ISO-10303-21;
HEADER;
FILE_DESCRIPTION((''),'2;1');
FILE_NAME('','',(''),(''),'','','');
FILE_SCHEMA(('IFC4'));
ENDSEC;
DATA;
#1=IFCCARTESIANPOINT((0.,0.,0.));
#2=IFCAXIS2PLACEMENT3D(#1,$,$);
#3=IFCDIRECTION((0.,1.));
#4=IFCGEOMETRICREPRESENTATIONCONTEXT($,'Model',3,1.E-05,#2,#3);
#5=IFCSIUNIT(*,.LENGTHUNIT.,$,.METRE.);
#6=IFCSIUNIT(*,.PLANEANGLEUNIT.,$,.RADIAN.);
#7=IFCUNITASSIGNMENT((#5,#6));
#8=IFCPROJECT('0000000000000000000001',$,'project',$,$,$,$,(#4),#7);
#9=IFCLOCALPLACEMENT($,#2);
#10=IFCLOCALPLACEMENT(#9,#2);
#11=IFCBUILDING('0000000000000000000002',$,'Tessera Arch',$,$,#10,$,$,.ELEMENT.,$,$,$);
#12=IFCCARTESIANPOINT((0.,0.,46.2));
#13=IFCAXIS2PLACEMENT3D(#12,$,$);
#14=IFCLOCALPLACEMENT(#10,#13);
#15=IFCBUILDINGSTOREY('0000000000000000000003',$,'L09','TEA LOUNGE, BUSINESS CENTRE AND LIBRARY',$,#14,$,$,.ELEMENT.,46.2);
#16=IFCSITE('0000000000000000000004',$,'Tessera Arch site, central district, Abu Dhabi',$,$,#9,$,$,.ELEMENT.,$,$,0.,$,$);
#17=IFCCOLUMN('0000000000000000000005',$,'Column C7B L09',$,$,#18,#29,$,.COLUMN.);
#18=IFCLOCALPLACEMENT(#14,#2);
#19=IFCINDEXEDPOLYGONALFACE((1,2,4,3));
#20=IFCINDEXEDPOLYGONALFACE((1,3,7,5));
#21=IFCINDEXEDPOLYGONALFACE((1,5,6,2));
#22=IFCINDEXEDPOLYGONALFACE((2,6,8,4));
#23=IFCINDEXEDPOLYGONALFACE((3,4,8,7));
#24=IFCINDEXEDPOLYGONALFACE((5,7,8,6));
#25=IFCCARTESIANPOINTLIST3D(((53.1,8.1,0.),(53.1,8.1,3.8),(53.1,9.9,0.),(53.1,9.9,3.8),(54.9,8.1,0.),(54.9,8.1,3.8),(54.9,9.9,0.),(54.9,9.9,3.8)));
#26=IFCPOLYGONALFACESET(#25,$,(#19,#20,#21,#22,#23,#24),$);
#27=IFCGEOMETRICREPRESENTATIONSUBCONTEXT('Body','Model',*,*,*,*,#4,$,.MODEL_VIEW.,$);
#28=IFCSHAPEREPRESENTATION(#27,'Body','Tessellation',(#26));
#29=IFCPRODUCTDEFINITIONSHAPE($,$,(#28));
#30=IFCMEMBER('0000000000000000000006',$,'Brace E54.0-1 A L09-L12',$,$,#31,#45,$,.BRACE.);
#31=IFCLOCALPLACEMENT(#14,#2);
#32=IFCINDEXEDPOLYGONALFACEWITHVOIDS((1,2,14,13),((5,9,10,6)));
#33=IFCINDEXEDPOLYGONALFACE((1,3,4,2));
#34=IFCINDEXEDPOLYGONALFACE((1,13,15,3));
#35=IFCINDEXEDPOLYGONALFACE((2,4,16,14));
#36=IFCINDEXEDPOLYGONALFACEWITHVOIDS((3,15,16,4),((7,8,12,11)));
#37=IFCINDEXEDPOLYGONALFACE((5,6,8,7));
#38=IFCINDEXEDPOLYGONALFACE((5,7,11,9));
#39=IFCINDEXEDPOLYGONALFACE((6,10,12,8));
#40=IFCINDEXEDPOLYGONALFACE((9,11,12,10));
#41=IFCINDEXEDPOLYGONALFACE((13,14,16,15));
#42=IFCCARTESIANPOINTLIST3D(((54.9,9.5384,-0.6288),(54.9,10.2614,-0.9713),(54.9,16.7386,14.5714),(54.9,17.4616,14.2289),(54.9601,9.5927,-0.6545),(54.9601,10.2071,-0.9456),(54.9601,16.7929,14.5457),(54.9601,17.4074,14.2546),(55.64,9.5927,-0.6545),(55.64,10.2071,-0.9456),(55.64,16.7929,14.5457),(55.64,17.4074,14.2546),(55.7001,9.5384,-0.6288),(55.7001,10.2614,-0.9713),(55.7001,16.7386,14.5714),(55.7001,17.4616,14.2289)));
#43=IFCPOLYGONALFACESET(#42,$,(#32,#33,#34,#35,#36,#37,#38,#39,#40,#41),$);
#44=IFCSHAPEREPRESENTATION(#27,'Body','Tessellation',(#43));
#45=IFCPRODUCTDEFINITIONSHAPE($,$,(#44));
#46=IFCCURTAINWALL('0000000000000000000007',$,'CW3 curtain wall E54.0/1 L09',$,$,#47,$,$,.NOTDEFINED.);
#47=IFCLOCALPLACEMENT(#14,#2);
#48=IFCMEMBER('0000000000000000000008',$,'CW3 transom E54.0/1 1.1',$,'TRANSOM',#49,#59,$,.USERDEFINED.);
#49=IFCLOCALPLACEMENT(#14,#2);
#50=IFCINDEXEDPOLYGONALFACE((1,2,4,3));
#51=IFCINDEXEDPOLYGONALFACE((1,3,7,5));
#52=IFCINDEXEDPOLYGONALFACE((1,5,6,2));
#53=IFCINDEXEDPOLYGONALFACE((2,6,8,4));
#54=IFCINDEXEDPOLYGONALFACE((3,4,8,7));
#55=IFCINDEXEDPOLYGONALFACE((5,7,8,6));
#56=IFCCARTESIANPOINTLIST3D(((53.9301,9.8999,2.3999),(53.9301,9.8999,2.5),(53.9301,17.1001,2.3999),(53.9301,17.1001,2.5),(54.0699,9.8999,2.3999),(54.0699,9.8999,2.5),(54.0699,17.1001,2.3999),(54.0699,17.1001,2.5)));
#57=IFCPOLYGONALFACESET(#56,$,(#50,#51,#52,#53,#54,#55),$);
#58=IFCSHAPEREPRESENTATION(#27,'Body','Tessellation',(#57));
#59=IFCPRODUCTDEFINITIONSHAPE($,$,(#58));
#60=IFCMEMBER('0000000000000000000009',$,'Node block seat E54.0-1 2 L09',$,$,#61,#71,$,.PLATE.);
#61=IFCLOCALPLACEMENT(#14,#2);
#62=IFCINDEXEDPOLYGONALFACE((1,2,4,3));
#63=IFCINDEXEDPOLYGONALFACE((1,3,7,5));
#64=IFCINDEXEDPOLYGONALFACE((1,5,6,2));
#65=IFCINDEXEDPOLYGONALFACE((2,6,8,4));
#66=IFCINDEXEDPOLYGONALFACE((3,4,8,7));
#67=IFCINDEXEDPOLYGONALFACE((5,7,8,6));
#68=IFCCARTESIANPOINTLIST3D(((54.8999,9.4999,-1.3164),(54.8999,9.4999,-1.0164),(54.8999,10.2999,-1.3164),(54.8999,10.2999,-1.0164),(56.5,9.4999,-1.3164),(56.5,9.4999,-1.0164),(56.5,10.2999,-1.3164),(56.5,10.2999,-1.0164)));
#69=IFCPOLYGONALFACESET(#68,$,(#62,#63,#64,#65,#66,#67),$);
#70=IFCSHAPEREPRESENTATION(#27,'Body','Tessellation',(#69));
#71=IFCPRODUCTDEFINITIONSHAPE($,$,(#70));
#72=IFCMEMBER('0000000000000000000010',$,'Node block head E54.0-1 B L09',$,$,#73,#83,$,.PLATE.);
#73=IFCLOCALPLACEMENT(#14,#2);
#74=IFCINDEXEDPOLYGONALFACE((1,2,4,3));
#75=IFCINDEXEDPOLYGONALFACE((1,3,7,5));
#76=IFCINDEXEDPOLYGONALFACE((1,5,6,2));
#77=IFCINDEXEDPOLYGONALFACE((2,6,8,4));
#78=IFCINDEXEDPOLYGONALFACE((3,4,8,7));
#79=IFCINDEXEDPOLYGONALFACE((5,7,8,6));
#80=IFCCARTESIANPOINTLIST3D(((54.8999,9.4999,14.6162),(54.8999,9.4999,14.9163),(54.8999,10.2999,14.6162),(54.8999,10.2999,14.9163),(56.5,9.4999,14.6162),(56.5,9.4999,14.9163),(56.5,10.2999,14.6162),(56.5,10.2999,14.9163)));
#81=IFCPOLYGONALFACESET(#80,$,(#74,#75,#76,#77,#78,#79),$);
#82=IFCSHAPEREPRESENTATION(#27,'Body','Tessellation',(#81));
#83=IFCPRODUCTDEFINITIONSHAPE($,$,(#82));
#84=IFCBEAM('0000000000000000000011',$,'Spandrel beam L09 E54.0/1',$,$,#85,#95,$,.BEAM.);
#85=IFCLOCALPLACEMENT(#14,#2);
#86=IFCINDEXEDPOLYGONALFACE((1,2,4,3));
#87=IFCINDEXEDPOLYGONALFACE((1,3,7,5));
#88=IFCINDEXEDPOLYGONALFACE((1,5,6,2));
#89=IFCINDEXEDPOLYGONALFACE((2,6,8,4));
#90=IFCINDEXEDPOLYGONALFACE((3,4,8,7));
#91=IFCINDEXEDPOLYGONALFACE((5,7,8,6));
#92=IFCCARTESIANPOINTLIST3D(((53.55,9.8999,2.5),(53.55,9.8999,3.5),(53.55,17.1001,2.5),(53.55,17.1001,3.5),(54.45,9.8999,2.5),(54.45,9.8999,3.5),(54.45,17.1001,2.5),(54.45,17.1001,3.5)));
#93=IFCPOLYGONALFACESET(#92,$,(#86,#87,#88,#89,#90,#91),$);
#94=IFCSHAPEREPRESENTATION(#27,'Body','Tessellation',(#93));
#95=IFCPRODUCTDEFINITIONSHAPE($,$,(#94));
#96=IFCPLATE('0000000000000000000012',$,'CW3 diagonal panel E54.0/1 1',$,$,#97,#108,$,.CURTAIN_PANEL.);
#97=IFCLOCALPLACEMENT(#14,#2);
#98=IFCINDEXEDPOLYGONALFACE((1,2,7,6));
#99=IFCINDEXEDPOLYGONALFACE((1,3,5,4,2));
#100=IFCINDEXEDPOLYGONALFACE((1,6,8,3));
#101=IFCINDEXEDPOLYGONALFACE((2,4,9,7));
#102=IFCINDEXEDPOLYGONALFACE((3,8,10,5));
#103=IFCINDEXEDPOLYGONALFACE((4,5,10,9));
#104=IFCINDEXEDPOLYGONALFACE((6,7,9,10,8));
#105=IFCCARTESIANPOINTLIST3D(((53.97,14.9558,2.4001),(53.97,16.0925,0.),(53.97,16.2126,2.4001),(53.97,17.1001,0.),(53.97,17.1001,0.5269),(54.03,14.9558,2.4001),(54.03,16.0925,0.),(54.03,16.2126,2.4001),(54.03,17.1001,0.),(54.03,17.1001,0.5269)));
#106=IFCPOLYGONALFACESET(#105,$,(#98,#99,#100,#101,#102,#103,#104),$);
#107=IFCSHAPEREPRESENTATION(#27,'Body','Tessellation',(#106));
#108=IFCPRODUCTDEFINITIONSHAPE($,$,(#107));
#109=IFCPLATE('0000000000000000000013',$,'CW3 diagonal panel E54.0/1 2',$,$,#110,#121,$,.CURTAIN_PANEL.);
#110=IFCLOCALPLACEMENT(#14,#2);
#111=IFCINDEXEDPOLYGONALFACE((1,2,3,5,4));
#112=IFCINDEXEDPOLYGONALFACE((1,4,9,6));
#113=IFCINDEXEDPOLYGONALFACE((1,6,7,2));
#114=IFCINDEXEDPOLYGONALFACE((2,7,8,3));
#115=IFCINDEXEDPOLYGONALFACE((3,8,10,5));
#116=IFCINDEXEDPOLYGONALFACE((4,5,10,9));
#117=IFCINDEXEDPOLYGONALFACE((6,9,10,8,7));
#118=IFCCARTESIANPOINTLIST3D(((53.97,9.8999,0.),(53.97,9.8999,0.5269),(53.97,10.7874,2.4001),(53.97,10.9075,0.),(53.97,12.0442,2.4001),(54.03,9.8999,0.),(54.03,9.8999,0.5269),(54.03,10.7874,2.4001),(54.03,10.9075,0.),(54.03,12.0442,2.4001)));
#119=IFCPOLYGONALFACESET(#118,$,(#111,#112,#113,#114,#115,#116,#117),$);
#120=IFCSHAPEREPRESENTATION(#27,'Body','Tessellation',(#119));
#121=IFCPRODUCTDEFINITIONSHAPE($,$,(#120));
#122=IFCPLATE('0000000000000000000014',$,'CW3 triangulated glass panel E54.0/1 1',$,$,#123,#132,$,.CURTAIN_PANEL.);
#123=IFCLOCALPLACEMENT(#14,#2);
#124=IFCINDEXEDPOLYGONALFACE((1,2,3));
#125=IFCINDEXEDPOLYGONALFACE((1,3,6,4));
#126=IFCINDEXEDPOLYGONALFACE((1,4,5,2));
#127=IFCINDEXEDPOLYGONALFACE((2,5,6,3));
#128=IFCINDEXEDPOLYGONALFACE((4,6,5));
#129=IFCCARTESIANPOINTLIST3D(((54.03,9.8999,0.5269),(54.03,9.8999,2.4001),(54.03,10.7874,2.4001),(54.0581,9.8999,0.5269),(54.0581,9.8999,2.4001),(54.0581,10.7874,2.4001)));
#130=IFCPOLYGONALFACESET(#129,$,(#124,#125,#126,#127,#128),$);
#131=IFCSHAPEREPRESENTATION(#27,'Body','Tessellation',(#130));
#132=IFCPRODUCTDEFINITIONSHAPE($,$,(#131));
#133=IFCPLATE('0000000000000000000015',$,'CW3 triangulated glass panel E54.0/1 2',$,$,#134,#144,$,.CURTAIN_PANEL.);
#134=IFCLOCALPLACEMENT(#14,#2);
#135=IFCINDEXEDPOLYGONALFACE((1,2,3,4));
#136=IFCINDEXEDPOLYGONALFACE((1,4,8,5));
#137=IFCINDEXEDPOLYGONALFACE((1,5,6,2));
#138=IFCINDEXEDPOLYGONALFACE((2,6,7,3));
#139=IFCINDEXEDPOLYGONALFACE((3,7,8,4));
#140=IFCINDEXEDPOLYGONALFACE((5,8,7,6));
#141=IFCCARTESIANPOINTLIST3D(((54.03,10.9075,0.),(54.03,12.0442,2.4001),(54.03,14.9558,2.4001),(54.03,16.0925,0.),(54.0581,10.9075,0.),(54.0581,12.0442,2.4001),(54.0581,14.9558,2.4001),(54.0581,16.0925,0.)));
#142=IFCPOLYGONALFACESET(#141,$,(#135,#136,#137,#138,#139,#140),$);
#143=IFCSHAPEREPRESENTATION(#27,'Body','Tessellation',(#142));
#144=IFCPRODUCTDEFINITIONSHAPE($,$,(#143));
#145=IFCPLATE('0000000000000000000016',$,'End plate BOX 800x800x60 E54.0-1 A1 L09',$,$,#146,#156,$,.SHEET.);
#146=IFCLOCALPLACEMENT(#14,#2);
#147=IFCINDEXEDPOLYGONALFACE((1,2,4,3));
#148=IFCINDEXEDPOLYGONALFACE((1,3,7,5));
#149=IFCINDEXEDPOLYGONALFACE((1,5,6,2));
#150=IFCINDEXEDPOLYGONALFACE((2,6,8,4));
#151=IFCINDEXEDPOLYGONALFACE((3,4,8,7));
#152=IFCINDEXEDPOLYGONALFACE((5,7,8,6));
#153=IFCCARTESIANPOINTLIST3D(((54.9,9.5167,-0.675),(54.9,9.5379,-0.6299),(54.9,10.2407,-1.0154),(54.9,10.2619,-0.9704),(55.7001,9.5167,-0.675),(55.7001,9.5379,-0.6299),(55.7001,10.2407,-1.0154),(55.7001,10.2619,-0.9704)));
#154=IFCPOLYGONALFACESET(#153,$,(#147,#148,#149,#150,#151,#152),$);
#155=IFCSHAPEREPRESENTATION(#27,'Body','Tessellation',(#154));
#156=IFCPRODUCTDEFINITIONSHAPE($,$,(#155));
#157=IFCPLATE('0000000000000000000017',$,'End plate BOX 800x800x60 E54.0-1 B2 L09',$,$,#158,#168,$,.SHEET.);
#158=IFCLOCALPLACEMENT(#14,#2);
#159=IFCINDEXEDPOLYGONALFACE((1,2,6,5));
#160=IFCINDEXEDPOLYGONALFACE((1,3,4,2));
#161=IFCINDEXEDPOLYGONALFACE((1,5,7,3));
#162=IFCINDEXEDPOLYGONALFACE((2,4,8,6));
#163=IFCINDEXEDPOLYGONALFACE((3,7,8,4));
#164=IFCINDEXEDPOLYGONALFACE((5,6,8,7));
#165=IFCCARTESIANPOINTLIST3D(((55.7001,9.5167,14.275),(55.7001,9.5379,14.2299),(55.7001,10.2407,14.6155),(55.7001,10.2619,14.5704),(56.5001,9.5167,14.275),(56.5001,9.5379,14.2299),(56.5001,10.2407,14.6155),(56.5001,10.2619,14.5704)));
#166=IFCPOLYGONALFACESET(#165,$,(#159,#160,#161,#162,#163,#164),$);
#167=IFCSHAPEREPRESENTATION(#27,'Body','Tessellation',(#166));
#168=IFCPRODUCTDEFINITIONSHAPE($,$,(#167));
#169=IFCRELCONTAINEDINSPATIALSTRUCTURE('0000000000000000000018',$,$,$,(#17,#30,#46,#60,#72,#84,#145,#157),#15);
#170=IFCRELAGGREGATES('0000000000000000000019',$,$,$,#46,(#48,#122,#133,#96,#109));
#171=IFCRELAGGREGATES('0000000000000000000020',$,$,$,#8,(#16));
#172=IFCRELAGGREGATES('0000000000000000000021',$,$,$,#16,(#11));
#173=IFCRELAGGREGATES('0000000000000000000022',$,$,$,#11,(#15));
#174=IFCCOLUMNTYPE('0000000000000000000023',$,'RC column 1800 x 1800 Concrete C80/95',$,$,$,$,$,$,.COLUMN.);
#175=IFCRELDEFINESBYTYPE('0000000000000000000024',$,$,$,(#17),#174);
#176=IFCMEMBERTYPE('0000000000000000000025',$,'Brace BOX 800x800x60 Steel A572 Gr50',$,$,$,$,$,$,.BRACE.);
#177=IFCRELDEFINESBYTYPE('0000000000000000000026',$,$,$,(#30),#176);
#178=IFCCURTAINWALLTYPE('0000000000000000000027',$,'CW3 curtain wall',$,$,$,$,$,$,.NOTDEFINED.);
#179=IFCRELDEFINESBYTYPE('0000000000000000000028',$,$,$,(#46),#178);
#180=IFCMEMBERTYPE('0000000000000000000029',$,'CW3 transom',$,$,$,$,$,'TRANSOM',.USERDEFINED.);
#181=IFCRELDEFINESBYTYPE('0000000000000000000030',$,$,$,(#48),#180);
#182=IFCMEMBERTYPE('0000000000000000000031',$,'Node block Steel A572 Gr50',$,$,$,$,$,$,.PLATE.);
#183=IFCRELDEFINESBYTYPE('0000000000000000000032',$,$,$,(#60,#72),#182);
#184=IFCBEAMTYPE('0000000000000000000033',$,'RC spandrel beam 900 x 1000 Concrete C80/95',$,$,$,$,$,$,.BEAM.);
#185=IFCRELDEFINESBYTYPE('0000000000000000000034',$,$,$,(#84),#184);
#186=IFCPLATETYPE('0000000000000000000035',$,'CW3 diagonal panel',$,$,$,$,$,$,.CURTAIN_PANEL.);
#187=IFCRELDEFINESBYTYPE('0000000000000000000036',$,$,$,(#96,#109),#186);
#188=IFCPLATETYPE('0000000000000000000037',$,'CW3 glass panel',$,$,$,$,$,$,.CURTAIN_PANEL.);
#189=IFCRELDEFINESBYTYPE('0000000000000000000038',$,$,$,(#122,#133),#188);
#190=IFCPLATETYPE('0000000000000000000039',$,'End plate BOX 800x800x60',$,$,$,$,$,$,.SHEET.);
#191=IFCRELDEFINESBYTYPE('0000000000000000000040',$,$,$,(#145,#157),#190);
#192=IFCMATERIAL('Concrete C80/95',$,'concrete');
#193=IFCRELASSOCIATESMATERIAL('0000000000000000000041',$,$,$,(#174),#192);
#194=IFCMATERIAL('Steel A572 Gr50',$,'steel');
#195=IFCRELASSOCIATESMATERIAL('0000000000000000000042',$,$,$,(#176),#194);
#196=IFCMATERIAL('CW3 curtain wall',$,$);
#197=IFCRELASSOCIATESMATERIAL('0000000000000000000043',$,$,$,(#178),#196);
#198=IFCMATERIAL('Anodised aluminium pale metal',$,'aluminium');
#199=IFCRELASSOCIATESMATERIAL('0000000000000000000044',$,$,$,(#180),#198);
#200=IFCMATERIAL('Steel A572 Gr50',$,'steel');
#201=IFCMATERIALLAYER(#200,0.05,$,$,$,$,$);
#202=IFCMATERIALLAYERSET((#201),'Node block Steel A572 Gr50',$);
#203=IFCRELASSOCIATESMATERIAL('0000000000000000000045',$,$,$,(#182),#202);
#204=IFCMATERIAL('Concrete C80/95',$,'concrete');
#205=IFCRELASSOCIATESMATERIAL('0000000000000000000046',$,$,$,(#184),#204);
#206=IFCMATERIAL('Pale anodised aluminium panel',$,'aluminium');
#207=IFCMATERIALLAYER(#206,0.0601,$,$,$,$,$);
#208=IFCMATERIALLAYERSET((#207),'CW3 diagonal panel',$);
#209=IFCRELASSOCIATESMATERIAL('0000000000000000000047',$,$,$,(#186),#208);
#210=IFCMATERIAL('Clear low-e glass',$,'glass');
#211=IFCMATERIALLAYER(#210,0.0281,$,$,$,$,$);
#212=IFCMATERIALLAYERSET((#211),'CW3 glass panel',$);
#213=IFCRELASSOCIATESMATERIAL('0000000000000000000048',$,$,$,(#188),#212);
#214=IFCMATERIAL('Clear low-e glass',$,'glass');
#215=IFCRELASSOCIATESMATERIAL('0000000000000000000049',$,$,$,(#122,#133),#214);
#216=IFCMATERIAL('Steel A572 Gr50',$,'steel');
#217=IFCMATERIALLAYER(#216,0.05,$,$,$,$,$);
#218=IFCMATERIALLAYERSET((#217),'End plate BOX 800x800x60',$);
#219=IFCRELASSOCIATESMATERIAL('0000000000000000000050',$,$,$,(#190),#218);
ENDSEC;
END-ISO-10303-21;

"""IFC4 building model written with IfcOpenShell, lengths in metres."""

from ifc_helpers import new_model, si_unit, direction, frame, origin, origin_2d, place, context, subcontext, project, spatial, polyline, rectangle, hollow_rectangle, outline, extrude, material, layer, layer_set, material_profile, profile_set, type_object, element, aggregate, save


model = new_model("IFC4")

# Units and contexts
model_context = context("Model", 3, precision=1e-05, world=origin(), true_north=direction((0.0, 1.0)))
body_context = subcontext(model_context, "Body", "Model", "MODEL_VIEW")
ifc_project = project(units=[si_unit("LENGTHUNIT", "METRE"), si_unit("PLANEANGLEUNIT", "RADIAN")], contexts=[model_context])

# Site, building, storey
site_placement = place(None, origin())
site = spatial("IfcSite", under=ifc_project, at=site_placement, Name="Tessera Arch site, central district, Abu Dhabi", CompositionType="ELEMENT", RefElevation=0.0)
building_placement = place(site_placement, origin())
building = spatial("IfcBuilding", under=site, at=building_placement, Name="Tessera Arch", CompositionType="ELEMENT")
storey_placement = place(building_placement, frame((0.0, 0.0, 46.2)))
storey = spatial("IfcBuildingStorey", under=building, at=storey_placement, Name="L09", Description="TEA LOUNGE, BUSINESS CENTRE AND LIBRARY", CompositionType="ELEMENT", Elevation=46.2)

# Column
ifc_material_1 = material(Name="Concrete C80/95", Category="concrete")
ifc_material_profile_1 = material_profile(ifc_material_1, rectangle(XDim=1.8, YDim=1.8, at=origin_2d()), Name="RC column 1800 x 1800 Concrete C80/95")
ifc_profile_set_1 = profile_set([ifc_material_profile_1], Name="Concrete C80/95")
column_type = type_object("IfcColumnType", Name="RC column 1800 x 1800 Concrete C80/95", PredefinedType="COLUMN", material=ifc_profile_set_1)
column_placement = place(storey_placement, frame((54.0, 9.0, 0.0), z_axis=(0.0, 0.0, 1.0), x_axis=(1.0, 0.0, 0.0)))
element("IfcColumn", 1, at=column_placement, inside=storey, type_object=column_type, Name="Column C7B L09", PredefinedType="COLUMN", context=body_context, shape_type="SweptSolid", body=[
    extrude(rectangle(XDim=1.8, YDim=1.8, at=origin_2d()), origin(), (0.0, 0.0, 1.0), 3.8),
])

# Member
ifc_material_2 = material(Name="Steel A572 Gr50", Category="steel")
ifc_material_profile_2 = material_profile(ifc_material_2, hollow_rectangle(XDim=0.8, YDim=0.8, WallThickness=0.0601, at=origin_2d()), Name="BOX 800x800x60")
ifc_profile_set_2 = profile_set([ifc_material_profile_2], Name="Steel A572 Gr50")
member_type_1 = type_object("IfcMemberType", Name="Brace BOX 800x800x60 Steel A572 Gr50", PredefinedType="BRACE", material=ifc_profile_set_2)
member_1_placement = place(storey_placement, frame((55.3, 9.8999, -0.8), z_axis=(0.0, 0.428091, 0.903735), x_axis=(-1.0, 0.0, 0.0)))
element("IfcMember", 2, at=member_1_placement, inside=storey, type_object=member_type_1, Name="Brace E54.0-1 A L09-L12", PredefinedType="BRACE", context=body_context, shape_type="SweptSolid", body=[
    extrude(hollow_rectangle(XDim=0.8, YDim=0.8, WallThickness=0.0601, at=origin_2d()), origin(), (0.0, 0.0, 1.0), 16.8193),
])

# Curtain wall, member
ifc_material_3 = material(Name="CW3 curtain wall")
curtain_wall_type = type_object("IfcCurtainWallType", Name="CW3 curtain wall", PredefinedType="NOTDEFINED", material=ifc_material_3)
curtain_wall_placement = place(storey_placement, origin())
curtain_wall = element("IfcCurtainWall", 3, at=curtain_wall_placement, inside=storey, type_object=curtain_wall_type, Name="CW3 curtain wall E54.0/1 L09", PredefinedType="NOTDEFINED")
ifc_material_4 = material(Name="Anodised aluminium pale metal", Category="aluminium")
ifc_material_profile_3 = material_profile(ifc_material_4, rectangle(XDim=0.1399, YDim=0.1001, at=origin_2d()), Name="AL 140x100")
ifc_profile_set_3 = profile_set([ifc_material_profile_3], Name="Anodised aluminium pale metal")
member_type_2 = type_object("IfcMemberType", Name="CW3 transom", ElementType="TRANSOM", PredefinedType="USERDEFINED", material=ifc_profile_set_3)
member_2_placement = place(storey_placement, frame((54.0, 9.8999, 2.45), z_axis=(0.0, 1.0, 0.0), x_axis=(-1.0, 0.0, 0.0)))
member_2 = element("IfcMember", 4, at=member_2_placement, type_object=member_type_2, Name="CW3 transom E54.0/1 1.1", ObjectType="TRANSOM", PredefinedType="USERDEFINED", context=body_context, shape_type="SweptSolid", body=[
    extrude(rectangle(XDim=0.1399, YDim=0.1001, at=origin_2d()), origin(), (0.0, 0.0, 1.0), 7.2002),
])

# Members
ifc_material_5 = material(Name="Steel A572 Gr50", Category="steel")
ifc_layer_1 = layer(ifc_material_5, 0.05)
ifc_layer_set_1 = layer_set([ifc_layer_1], Name="Node block Steel A572 Gr50")
member_type_3 = type_object("IfcMemberType", Name="Node block Steel A572 Gr50", PredefinedType="PLATE", material=ifc_layer_set_1)
for number, where, z_axis, x_axis, name in (
    (5, (55.7, 9.8999, -1.3164), (0.0, 0.0, 1.0), (0.0, 1.0, 0.0), "Node block seat E54.0-1 2 L09"),
    (6, (55.7, 9.8999, 14.6162), (0.0, 0.0, 1.0), (0.0, 1.0, 0.0), "Node block head E54.0-1 B L09"),
):
    element("IfcMember", number, at=place(storey_placement, frame(where, z_axis=z_axis, x_axis=x_axis)), inside=storey, type_object=member_type_3, Name=name, PredefinedType="PLATE", context=body_context, shape_type="SweptSolid", body=[
        extrude(rectangle(XDim=0.8, YDim=1.6001, at=origin_2d()), origin(), (0.0, 0.0, 1.0), 0.3),
    ])

# Beam
ifc_material_6 = material(Name="Concrete C80/95", Category="concrete")
ifc_material_profile_4 = material_profile(ifc_material_6, rectangle(XDim=0.8999, YDim=1.0, at=origin_2d()), Name="RC spandrel beam 900 x 1000 Concrete C80/95")
ifc_profile_set_4 = profile_set([ifc_material_profile_4], Name="Concrete C80/95")
beam_type = type_object("IfcBeamType", Name="RC spandrel beam 900 x 1000 Concrete C80/95", PredefinedType="BEAM", material=ifc_profile_set_4)
beam_placement = place(storey_placement, frame((54.0, 9.8999, 3.0), z_axis=(0.0, 1.0, 0.0), x_axis=(-1.0, 0.0, 0.0)))
element("IfcBeam", 7, at=beam_placement, inside=storey, type_object=beam_type, Name="Spandrel beam L09 E54.0/1", PredefinedType="BEAM", context=body_context, shape_type="SweptSolid", body=[
    extrude(rectangle(XDim=0.8999, YDim=1.0, at=origin_2d()), origin(), (0.0, 0.0, 1.0), 7.2002),
])

# Plates
ifc_material_7 = material(Name="Pale anodised aluminium panel", Category="aluminium")
ifc_layer_2 = layer(ifc_material_7, 0.0601)
ifc_layer_set_2 = layer_set([ifc_layer_2], Name="CW3 diagonal panel")
plate_type_1 = type_object("IfcPlateType", Name="CW3 diagonal panel", PredefinedType="CURTAIN_PANEL", material=ifc_layer_set_2)
plate_1_placement = place(storey_placement, frame((54.03, 17.1001, 0.0), z_axis=(1.0, 0.0, 0.0), x_axis=(0.0, 0.0, 1.0)))
plate_1 = element("IfcPlate", 8, at=plate_1_placement, type_object=plate_type_1, Name="CW3 diagonal panel E54.0/1 1", PredefinedType="CURTAIN_PANEL", context=body_context, shape_type="SweptSolid", body=[
    extrude(outline(polyline([(0.0, 0.0), (0.5269, 0.0), (2.4001, 0.8875), (2.4001, 2.1443), (0.0, 1.0076), (0.0, 0.0)])), origin(), (0.0, 0.0, -1.0), 0.0601),
])
plate_2_placement = place(storey_placement, frame((54.03, 12.0442, 2.4001), z_axis=(1.0, 0.0, 0.0), x_axis=(0.0, -1.0, 0.0)))
plate_2 = element("IfcPlate", 9, at=plate_2_placement, type_object=plate_type_1, Name="CW3 diagonal panel E54.0/1 2", PredefinedType="CURTAIN_PANEL", context=body_context, shape_type="SweptSolid", body=[
    extrude(outline(polyline([(0.0, 0.0), (1.2568, 0.0), (2.1443, 1.8733), (2.1443, 2.4001), (1.1367, 2.4001), (0.0, 0.0)])), origin(), (0.0, 0.0, -1.0), 0.0601),
])
ifc_material_8 = material(Name="Clear low-e glass", Category="glass")
ifc_material_9 = material(Name="Clear low-e glass", Category="glass")
ifc_layer_3 = layer(ifc_material_9, 0.0281)
ifc_layer_set_3 = layer_set([ifc_layer_3], Name="CW3 glass panel")
plate_type_2 = type_object("IfcPlateType", Name="CW3 glass panel", PredefinedType="CURTAIN_PANEL", material=ifc_layer_set_3)
plate_3_placement = place(storey_placement, frame((54.0581, 9.8999, 2.4001), z_axis=(1.0, 0.0, 0.0), x_axis=(0.0, 0.0, -1.0)))
plate_3 = element("IfcPlate", 10, at=plate_3_placement, type_object=plate_type_2, material=ifc_material_8, Name="CW3 triangulated glass panel E54.0/1 1", PredefinedType="CURTAIN_PANEL", context=body_context, shape_type="SweptSolid", body=[
    extrude(outline(polyline([(0.0, 0.0), (1.8733, 0.0), (0.0, 0.8875), (0.0, 0.0)])), origin(), (0.0, 0.0, -1.0), 0.0281),
])
plate_4_placement = place(storey_placement, frame((54.0581, 14.9558, 2.4001), z_axis=(1.0, 0.0, 0.0), x_axis=(0.0, -1.0, 0.0)))
plate_4 = element("IfcPlate", 11, at=plate_4_placement, type_object=plate_type_2, material=ifc_material_8, Name="CW3 triangulated glass panel E54.0/1 2", PredefinedType="CURTAIN_PANEL", context=body_context, shape_type="SweptSolid", body=[
    extrude(outline(polyline([(0.0, 0.0), (2.9116, 0.0), (4.0483, 2.4001), (-1.1367, 2.4001), (0.0, 0.0)])), origin(), (0.0, 0.0, -1.0), 0.0281),
])
aggregate(curtain_wall, [member_2, plate_3, plate_4, plate_1, plate_2])

# Plates
ifc_material_10 = material(Name="Steel A572 Gr50", Category="steel")
ifc_layer_4 = layer(ifc_material_10, 0.05)
ifc_layer_set_4 = layer_set([ifc_layer_4], Name="End plate BOX 800x800x60")
plate_type_3 = type_object("IfcPlateType", Name="End plate BOX 800x800x60", PredefinedType="SHEET", material=ifc_layer_set_4)
for number, where, z_axis, x_axis, name in (
    (12, (55.3, 9.8787, -0.8452), (0.0, 0.425561, 0.90493), (-1.0, 0.0, 0.0), "End plate BOX 800x800x60 E54.0-1 A1 L09"),
    (13, (56.1001, 9.8999, 14.4001), (0.0, -0.425561, 0.90493), (1.0, 0.0, 0.0), "End plate BOX 800x800x60 E54.0-1 B2 L09"),
):
    element("IfcPlate", number, at=place(storey_placement, frame(where, z_axis=z_axis, x_axis=x_axis)), inside=storey, type_object=plate_type_3, Name=name, PredefinedType="SHEET", context=body_context, shape_type="SweptSolid", body=[
        extrude(rectangle(XDim=0.8, YDim=0.8, at=origin_2d()), origin(), (0.0, 0.0, 1.0), 0.0498),
    ])

save(model, "model.ifc")
